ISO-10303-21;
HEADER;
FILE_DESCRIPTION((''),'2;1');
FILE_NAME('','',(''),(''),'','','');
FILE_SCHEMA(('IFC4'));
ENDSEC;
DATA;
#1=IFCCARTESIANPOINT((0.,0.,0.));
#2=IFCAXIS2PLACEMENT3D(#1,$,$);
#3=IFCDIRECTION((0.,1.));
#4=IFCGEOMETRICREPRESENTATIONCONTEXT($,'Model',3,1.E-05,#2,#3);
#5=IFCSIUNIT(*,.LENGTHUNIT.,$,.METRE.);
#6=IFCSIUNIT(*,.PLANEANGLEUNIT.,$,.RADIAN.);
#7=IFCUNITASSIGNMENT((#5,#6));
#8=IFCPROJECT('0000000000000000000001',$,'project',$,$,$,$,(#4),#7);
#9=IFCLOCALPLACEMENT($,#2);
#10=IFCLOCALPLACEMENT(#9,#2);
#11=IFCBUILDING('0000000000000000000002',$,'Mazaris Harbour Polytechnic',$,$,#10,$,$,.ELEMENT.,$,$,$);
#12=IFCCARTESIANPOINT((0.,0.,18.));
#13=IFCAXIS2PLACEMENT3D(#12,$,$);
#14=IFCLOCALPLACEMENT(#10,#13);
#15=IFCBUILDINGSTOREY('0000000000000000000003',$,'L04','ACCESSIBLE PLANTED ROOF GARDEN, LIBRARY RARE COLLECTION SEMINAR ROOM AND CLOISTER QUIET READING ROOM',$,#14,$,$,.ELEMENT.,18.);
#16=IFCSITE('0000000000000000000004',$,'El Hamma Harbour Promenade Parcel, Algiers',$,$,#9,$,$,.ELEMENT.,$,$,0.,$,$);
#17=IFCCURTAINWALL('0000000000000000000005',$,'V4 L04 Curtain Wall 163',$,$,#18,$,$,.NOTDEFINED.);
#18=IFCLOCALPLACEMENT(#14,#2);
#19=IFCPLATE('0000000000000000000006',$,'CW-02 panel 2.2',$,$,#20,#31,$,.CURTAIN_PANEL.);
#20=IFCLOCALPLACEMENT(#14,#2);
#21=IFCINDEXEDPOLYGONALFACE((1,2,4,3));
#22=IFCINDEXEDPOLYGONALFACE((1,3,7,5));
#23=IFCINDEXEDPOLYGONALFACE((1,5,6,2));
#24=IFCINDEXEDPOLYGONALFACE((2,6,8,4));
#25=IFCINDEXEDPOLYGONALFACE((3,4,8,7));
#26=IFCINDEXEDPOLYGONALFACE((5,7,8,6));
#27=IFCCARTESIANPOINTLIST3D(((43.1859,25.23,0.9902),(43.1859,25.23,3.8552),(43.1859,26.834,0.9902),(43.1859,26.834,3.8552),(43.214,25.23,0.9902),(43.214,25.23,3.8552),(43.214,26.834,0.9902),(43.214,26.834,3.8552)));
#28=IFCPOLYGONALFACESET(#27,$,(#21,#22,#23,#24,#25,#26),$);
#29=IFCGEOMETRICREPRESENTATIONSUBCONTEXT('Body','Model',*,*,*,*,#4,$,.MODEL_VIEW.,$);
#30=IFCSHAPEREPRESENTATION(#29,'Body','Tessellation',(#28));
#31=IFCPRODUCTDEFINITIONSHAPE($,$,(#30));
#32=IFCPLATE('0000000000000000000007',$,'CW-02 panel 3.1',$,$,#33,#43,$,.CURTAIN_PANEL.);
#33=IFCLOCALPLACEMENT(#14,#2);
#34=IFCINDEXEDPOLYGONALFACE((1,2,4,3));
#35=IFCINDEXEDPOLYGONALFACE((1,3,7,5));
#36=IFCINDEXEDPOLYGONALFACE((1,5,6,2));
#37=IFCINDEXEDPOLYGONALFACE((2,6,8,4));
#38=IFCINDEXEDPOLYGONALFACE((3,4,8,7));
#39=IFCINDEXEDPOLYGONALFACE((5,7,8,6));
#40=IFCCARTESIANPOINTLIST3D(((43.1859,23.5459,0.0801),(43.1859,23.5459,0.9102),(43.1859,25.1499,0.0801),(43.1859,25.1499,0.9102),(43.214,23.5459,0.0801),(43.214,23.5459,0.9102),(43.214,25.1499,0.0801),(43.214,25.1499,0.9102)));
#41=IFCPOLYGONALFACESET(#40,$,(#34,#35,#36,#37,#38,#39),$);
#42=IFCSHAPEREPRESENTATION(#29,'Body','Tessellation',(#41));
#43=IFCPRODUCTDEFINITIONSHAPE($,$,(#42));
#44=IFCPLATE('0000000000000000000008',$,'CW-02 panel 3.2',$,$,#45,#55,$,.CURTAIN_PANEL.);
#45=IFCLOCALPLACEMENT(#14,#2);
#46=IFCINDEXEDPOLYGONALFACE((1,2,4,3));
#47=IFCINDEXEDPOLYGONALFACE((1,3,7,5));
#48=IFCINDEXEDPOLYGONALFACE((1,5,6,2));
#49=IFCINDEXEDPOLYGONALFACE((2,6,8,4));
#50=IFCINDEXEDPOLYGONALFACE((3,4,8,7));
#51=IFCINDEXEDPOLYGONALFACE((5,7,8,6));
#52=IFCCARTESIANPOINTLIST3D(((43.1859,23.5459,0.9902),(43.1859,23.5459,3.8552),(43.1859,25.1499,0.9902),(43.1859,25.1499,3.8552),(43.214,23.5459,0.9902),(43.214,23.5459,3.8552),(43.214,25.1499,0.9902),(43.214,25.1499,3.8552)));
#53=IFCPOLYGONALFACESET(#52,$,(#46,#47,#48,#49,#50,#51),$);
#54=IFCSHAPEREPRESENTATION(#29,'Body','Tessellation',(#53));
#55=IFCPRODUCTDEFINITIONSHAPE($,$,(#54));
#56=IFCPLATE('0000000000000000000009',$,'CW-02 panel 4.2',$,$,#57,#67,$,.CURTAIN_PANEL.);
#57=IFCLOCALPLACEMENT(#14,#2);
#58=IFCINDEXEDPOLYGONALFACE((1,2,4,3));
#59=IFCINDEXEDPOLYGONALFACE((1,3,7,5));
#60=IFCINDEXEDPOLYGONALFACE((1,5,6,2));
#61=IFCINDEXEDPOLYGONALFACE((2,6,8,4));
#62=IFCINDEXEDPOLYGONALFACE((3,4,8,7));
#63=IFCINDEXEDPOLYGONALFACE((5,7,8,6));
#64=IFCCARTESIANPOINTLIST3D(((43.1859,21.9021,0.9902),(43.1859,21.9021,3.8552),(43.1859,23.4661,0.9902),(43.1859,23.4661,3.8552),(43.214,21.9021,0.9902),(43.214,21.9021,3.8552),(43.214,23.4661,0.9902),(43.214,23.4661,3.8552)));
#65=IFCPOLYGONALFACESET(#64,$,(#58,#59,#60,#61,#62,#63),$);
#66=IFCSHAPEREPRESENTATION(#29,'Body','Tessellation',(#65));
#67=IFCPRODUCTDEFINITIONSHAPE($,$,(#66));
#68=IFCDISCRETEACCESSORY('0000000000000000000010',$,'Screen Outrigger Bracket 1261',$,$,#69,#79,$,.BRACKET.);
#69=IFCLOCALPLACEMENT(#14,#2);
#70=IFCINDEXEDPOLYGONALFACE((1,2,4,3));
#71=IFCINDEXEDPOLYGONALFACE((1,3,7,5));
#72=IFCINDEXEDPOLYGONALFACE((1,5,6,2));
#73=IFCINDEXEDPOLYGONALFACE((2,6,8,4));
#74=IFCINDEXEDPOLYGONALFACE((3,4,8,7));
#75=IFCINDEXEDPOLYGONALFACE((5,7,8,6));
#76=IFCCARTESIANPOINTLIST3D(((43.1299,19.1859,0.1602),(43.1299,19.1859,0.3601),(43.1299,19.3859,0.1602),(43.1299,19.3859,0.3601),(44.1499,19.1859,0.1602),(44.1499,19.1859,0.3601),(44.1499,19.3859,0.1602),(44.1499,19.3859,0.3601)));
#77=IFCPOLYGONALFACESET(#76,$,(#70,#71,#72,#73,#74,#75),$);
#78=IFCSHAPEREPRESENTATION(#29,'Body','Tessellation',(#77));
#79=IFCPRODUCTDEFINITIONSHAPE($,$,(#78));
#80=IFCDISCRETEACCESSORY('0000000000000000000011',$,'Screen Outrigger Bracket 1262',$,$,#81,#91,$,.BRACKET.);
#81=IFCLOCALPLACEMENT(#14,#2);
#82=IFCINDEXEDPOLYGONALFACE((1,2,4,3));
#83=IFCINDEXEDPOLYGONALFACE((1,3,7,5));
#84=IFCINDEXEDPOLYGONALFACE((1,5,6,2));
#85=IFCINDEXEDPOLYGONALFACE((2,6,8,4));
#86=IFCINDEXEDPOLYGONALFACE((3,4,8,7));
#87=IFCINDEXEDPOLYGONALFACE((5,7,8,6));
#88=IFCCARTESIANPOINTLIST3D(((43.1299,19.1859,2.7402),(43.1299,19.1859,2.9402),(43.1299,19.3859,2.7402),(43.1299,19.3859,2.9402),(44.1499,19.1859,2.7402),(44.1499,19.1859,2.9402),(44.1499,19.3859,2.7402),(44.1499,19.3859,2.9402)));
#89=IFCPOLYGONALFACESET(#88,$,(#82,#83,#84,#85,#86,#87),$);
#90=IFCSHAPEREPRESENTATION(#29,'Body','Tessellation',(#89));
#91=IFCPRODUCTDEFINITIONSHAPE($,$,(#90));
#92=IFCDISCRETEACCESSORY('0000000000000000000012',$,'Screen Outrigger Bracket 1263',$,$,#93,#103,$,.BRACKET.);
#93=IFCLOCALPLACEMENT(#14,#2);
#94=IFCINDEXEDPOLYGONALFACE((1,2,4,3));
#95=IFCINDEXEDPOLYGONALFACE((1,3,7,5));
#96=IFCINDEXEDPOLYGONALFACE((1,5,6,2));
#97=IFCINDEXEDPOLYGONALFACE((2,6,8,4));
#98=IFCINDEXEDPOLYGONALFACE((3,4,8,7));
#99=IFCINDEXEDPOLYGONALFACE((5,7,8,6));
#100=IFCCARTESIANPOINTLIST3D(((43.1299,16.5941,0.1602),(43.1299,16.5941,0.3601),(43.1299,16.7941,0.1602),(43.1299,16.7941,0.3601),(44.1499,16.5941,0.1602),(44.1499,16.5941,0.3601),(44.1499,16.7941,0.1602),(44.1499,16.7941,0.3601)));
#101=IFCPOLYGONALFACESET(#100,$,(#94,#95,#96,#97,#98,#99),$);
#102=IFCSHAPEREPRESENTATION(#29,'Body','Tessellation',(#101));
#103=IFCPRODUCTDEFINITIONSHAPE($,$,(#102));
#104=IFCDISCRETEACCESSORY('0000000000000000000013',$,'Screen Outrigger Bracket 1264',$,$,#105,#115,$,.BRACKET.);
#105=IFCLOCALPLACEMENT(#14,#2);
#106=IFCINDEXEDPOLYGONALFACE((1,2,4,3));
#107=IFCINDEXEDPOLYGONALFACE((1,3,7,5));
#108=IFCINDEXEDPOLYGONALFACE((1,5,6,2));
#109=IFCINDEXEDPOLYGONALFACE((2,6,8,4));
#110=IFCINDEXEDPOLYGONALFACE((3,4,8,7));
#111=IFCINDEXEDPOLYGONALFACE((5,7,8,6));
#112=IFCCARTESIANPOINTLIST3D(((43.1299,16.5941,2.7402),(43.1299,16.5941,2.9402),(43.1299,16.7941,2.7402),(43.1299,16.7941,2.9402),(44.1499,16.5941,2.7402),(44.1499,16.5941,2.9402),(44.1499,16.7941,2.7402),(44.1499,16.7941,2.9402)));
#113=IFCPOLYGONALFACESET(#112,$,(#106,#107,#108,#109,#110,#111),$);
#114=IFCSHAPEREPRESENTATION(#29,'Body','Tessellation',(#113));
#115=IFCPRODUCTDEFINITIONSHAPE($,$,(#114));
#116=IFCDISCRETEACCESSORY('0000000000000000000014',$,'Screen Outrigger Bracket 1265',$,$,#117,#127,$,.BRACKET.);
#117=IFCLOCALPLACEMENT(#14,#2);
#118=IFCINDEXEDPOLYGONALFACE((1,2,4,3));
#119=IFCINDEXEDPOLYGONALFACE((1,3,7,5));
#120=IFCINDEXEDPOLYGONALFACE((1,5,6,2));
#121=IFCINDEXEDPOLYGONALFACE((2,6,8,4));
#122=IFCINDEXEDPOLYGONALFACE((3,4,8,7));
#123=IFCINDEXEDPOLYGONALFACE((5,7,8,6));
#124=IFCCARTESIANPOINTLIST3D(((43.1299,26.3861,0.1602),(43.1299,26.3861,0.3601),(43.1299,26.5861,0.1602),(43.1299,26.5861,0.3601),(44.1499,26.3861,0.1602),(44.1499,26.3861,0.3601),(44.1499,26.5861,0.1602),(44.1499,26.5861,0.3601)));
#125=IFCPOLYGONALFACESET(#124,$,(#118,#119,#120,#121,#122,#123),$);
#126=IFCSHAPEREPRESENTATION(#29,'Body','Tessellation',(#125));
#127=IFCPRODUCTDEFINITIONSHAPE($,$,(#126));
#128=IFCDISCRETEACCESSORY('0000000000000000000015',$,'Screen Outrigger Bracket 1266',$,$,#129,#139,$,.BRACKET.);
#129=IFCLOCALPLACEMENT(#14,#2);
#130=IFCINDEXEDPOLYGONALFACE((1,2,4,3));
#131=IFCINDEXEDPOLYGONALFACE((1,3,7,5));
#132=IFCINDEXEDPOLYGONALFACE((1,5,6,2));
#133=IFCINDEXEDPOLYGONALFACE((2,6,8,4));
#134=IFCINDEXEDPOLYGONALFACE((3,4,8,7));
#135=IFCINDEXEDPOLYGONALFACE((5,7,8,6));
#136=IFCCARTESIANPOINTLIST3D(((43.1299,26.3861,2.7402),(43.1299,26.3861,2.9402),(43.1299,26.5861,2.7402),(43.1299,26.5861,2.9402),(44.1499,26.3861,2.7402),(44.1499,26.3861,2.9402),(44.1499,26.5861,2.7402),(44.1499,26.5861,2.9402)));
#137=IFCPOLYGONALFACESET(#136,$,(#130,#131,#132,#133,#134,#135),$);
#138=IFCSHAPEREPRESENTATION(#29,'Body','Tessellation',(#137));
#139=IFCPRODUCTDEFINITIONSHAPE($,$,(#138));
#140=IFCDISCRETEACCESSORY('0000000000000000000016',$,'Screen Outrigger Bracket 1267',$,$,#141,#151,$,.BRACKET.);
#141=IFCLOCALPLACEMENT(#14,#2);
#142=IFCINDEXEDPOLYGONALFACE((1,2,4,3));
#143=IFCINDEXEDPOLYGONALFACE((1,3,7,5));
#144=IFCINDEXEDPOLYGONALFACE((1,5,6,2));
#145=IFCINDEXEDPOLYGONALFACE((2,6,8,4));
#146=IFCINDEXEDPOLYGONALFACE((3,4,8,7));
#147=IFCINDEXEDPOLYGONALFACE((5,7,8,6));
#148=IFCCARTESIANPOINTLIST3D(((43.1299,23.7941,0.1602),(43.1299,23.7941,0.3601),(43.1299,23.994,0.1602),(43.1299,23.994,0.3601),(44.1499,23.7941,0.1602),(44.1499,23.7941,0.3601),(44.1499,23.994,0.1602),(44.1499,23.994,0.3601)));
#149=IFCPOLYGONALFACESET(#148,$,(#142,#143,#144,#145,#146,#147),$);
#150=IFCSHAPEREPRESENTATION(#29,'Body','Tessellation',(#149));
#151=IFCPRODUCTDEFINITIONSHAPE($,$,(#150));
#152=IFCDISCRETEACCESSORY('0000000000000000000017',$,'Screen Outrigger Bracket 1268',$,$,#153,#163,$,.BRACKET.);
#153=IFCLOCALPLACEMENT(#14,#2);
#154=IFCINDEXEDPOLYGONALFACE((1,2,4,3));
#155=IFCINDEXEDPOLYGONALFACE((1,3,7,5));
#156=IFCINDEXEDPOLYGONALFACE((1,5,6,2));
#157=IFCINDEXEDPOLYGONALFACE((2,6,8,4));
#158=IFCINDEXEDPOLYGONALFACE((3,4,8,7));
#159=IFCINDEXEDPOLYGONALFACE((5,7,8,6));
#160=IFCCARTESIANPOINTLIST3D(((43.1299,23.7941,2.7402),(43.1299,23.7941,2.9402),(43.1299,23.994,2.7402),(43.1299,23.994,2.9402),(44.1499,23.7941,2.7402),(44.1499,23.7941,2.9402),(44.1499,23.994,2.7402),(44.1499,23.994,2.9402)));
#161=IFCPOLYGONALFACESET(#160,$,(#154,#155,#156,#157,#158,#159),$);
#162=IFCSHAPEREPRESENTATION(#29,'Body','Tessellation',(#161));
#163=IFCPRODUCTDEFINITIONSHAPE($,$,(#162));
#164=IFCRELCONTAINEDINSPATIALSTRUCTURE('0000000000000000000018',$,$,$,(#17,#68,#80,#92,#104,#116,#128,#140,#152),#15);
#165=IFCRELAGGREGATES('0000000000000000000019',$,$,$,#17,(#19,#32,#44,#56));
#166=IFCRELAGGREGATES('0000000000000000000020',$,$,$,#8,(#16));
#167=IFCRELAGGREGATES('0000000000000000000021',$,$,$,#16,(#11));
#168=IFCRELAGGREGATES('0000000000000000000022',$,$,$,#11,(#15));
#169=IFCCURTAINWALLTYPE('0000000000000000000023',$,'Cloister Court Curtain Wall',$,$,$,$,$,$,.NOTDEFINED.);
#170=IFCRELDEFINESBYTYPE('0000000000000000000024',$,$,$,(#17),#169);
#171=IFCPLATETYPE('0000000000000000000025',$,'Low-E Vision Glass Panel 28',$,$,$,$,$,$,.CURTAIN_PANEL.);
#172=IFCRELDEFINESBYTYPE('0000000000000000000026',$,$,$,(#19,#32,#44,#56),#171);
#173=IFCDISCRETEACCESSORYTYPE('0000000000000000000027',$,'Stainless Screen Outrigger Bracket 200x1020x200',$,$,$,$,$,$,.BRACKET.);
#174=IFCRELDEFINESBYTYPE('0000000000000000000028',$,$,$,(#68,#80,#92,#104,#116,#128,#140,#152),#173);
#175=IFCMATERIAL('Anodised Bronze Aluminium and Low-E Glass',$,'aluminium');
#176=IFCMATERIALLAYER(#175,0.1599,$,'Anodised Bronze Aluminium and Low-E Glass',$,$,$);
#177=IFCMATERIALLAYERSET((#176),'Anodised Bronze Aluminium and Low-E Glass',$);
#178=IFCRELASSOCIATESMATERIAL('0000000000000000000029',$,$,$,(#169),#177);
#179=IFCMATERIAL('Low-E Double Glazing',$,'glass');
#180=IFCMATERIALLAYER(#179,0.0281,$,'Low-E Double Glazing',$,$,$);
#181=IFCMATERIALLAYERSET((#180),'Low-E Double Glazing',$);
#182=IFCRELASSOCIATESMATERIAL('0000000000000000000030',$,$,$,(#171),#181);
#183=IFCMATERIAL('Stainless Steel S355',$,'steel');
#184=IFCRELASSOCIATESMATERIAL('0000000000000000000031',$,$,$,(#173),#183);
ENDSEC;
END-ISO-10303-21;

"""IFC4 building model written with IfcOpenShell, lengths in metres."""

from ifc_helpers import new_model, si_unit, direction, frame, origin, origin_2d, place, context, subcontext, project, spatial, rectangle, extrude, material, layer, layer_set, type_object, element, aggregate, save


model = new_model("IFC4")

# Units and contexts
model_context = context("Model", 3, precision=1e-05, world=origin(), true_north=direction((0.0, 1.0)))
body_context = subcontext(model_context, "Body", "Model", "MODEL_VIEW")
ifc_project = project(units=[si_unit("LENGTHUNIT", "METRE"), si_unit("PLANEANGLEUNIT", "RADIAN")], contexts=[model_context])

# Site, building, storey
site_placement = place(None, origin())
site = spatial("IfcSite", under=ifc_project, at=site_placement, Name="El Hamma Harbour Promenade Parcel, Algiers", CompositionType="ELEMENT", RefElevation=0.0)
building_placement = place(site_placement, origin())
building = spatial("IfcBuilding", under=site, at=building_placement, Name="Mazaris Harbour Polytechnic", CompositionType="ELEMENT")
storey_placement = place(building_placement, frame((0.0, 0.0, 18.0)))
storey = spatial("IfcBuildingStorey", under=building, at=storey_placement, Name="L04", Description="ACCESSIBLE PLANTED ROOF GARDEN, LIBRARY RARE COLLECTION SEMINAR ROOM AND CLOISTER QUIET READING ROOM", CompositionType="ELEMENT", Elevation=18.0)

# Curtain wall, plates
ifc_material_1 = material(Name="Anodised Bronze Aluminium and Low-E Glass", Category="aluminium")
ifc_layer_1 = layer(ifc_material_1, 0.1599, Name="Anodised Bronze Aluminium and Low-E Glass")
ifc_layer_set_1 = layer_set([ifc_layer_1], Name="Anodised Bronze Aluminium and Low-E Glass")
curtain_wall_type = type_object("IfcCurtainWallType", Name="Cloister Court Curtain Wall", PredefinedType="NOTDEFINED", material=ifc_layer_set_1)
curtain_wall_placement = place(storey_placement, origin())
curtain_wall = element("IfcCurtainWall", 1, at=curtain_wall_placement, inside=storey, type_object=curtain_wall_type, Name="V4 L04 Curtain Wall 163", PredefinedType="NOTDEFINED")
ifc_material_2 = material(Name="Low-E Double Glazing", Category="glass")
ifc_layer_2 = layer(ifc_material_2, 0.0281, Name="Low-E Double Glazing")
ifc_layer_set_2 = layer_set([ifc_layer_2], Name="Low-E Double Glazing")
plate_type = type_object("IfcPlateType", Name="Low-E Vision Glass Panel 28", PredefinedType="CURTAIN_PANEL", material=ifc_layer_set_2)
plate_1_placement = place(storey_placement, frame((43.2, 26.032, 0.9902), z_axis=(0.0, 0.0, 1.0), x_axis=(0.0, -1.0, 0.0)))
plate_1 = element("IfcPlate", 2, at=plate_1_placement, type_object=plate_type, Name="CW-02 panel 2.2", PredefinedType="CURTAIN_PANEL", context=body_context, shape_type="SweptSolid", body=[
    extrude(rectangle(XDim=1.604, YDim=0.0281, at=origin_2d()), origin(), (0.0, 0.0, 1.0), 2.865),
])
plate_2_placement = place(storey_placement, frame((43.2, 24.3479, 0.0801), z_axis=(0.0, 0.0, 1.0), x_axis=(0.0, -1.0, 0.0)))
plate_2 = element("IfcPlate", 3, at=plate_2_placement, type_object=plate_type, Name="CW-02 panel 3.1", PredefinedType="CURTAIN_PANEL", context=body_context, shape_type="SweptSolid", body=[
    extrude(rectangle(XDim=1.604, YDim=0.0281, at=origin_2d()), origin(), (0.0, 0.0, 1.0), 0.8301),
])
plate_3_placement = place(storey_placement, frame((43.2, 24.3479, 0.9902), z_axis=(0.0, 0.0, 1.0), x_axis=(0.0, -1.0, 0.0)))
plate_3 = element("IfcPlate", 4, at=plate_3_placement, type_object=plate_type, Name="CW-02 panel 3.2", PredefinedType="CURTAIN_PANEL", context=body_context, shape_type="SweptSolid", body=[
    extrude(rectangle(XDim=1.604, YDim=0.0281, at=origin_2d()), origin(), (0.0, 0.0, 1.0), 2.865),
])
plate_4_placement = place(storey_placement, frame((43.2, 22.6841, 0.9902), z_axis=(0.0, 0.0, 1.0), x_axis=(0.0, -1.0, 0.0)))
plate_4 = element("IfcPlate", 5, at=plate_4_placement, type_object=plate_type, Name="CW-02 panel 4.2", PredefinedType="CURTAIN_PANEL", context=body_context, shape_type="SweptSolid", body=[
    extrude(rectangle(XDim=1.564, YDim=0.0281, at=origin_2d()), origin(), (0.0, 0.0, 1.0), 2.865),
])
aggregate(curtain_wall, [plate_1, plate_2, plate_3, plate_4])

# Discrete accessories
ifc_material_3 = material(Name="Stainless Steel S355", Category="steel")
discrete_accessory_type = type_object("IfcDiscreteAccessoryType", Name="Stainless Screen Outrigger Bracket 200x1020x200", PredefinedType="BRACKET", material=ifc_material_3)
for number, where, z_axis, x_axis, name in (
    (6, (43.6399, 19.2859, 0.1602), (0.0, 0.0, 1.0), (0.0, -1.0, 0.0), "Screen Outrigger Bracket 1261"),
    (7, (43.6399, 19.2859, 2.7402), (0.0, 0.0, 1.0), (0.0, -1.0, 0.0), "Screen Outrigger Bracket 1262"),
    (8, (43.6399, 16.6941, 0.1602), (0.0, 0.0, 1.0), (0.0, -1.0, 0.0), "Screen Outrigger Bracket 1263"),
    (9, (43.6399, 16.6941, 2.7402), (0.0, 0.0, 1.0), (0.0, -1.0, 0.0), "Screen Outrigger Bracket 1264"),
    (10, (43.6399, 26.4861, 0.1602), (0.0, 0.0, 1.0), (0.0, -1.0, 0.0), "Screen Outrigger Bracket 1265"),
    (11, (43.6399, 26.4861, 2.7402), (0.0, 0.0, 1.0), (0.0, -1.0, 0.0), "Screen Outrigger Bracket 1266"),
    (12, (43.6399, 23.894, 0.1602), (0.0, 0.0, 1.0), (0.0, -1.0, 0.0), "Screen Outrigger Bracket 1267"),
    (13, (43.6399, 23.894, 2.7402), (0.0, 0.0, 1.0), (0.0, -1.0, 0.0), "Screen Outrigger Bracket 1268"),
):
    element("IfcDiscreteAccessory", number, at=place(storey_placement, frame(where, z_axis=z_axis, x_axis=x_axis)), inside=storey, type_object=discrete_accessory_type, Name=name, PredefinedType="BRACKET", context=body_context, shape_type="SweptSolid", body=[
        extrude(rectangle(XDim=0.2, YDim=1.02, at=origin_2d()), origin(), (0.0, 0.0, 1.0), 0.2),
    ])

save(model, "model.ifc")
